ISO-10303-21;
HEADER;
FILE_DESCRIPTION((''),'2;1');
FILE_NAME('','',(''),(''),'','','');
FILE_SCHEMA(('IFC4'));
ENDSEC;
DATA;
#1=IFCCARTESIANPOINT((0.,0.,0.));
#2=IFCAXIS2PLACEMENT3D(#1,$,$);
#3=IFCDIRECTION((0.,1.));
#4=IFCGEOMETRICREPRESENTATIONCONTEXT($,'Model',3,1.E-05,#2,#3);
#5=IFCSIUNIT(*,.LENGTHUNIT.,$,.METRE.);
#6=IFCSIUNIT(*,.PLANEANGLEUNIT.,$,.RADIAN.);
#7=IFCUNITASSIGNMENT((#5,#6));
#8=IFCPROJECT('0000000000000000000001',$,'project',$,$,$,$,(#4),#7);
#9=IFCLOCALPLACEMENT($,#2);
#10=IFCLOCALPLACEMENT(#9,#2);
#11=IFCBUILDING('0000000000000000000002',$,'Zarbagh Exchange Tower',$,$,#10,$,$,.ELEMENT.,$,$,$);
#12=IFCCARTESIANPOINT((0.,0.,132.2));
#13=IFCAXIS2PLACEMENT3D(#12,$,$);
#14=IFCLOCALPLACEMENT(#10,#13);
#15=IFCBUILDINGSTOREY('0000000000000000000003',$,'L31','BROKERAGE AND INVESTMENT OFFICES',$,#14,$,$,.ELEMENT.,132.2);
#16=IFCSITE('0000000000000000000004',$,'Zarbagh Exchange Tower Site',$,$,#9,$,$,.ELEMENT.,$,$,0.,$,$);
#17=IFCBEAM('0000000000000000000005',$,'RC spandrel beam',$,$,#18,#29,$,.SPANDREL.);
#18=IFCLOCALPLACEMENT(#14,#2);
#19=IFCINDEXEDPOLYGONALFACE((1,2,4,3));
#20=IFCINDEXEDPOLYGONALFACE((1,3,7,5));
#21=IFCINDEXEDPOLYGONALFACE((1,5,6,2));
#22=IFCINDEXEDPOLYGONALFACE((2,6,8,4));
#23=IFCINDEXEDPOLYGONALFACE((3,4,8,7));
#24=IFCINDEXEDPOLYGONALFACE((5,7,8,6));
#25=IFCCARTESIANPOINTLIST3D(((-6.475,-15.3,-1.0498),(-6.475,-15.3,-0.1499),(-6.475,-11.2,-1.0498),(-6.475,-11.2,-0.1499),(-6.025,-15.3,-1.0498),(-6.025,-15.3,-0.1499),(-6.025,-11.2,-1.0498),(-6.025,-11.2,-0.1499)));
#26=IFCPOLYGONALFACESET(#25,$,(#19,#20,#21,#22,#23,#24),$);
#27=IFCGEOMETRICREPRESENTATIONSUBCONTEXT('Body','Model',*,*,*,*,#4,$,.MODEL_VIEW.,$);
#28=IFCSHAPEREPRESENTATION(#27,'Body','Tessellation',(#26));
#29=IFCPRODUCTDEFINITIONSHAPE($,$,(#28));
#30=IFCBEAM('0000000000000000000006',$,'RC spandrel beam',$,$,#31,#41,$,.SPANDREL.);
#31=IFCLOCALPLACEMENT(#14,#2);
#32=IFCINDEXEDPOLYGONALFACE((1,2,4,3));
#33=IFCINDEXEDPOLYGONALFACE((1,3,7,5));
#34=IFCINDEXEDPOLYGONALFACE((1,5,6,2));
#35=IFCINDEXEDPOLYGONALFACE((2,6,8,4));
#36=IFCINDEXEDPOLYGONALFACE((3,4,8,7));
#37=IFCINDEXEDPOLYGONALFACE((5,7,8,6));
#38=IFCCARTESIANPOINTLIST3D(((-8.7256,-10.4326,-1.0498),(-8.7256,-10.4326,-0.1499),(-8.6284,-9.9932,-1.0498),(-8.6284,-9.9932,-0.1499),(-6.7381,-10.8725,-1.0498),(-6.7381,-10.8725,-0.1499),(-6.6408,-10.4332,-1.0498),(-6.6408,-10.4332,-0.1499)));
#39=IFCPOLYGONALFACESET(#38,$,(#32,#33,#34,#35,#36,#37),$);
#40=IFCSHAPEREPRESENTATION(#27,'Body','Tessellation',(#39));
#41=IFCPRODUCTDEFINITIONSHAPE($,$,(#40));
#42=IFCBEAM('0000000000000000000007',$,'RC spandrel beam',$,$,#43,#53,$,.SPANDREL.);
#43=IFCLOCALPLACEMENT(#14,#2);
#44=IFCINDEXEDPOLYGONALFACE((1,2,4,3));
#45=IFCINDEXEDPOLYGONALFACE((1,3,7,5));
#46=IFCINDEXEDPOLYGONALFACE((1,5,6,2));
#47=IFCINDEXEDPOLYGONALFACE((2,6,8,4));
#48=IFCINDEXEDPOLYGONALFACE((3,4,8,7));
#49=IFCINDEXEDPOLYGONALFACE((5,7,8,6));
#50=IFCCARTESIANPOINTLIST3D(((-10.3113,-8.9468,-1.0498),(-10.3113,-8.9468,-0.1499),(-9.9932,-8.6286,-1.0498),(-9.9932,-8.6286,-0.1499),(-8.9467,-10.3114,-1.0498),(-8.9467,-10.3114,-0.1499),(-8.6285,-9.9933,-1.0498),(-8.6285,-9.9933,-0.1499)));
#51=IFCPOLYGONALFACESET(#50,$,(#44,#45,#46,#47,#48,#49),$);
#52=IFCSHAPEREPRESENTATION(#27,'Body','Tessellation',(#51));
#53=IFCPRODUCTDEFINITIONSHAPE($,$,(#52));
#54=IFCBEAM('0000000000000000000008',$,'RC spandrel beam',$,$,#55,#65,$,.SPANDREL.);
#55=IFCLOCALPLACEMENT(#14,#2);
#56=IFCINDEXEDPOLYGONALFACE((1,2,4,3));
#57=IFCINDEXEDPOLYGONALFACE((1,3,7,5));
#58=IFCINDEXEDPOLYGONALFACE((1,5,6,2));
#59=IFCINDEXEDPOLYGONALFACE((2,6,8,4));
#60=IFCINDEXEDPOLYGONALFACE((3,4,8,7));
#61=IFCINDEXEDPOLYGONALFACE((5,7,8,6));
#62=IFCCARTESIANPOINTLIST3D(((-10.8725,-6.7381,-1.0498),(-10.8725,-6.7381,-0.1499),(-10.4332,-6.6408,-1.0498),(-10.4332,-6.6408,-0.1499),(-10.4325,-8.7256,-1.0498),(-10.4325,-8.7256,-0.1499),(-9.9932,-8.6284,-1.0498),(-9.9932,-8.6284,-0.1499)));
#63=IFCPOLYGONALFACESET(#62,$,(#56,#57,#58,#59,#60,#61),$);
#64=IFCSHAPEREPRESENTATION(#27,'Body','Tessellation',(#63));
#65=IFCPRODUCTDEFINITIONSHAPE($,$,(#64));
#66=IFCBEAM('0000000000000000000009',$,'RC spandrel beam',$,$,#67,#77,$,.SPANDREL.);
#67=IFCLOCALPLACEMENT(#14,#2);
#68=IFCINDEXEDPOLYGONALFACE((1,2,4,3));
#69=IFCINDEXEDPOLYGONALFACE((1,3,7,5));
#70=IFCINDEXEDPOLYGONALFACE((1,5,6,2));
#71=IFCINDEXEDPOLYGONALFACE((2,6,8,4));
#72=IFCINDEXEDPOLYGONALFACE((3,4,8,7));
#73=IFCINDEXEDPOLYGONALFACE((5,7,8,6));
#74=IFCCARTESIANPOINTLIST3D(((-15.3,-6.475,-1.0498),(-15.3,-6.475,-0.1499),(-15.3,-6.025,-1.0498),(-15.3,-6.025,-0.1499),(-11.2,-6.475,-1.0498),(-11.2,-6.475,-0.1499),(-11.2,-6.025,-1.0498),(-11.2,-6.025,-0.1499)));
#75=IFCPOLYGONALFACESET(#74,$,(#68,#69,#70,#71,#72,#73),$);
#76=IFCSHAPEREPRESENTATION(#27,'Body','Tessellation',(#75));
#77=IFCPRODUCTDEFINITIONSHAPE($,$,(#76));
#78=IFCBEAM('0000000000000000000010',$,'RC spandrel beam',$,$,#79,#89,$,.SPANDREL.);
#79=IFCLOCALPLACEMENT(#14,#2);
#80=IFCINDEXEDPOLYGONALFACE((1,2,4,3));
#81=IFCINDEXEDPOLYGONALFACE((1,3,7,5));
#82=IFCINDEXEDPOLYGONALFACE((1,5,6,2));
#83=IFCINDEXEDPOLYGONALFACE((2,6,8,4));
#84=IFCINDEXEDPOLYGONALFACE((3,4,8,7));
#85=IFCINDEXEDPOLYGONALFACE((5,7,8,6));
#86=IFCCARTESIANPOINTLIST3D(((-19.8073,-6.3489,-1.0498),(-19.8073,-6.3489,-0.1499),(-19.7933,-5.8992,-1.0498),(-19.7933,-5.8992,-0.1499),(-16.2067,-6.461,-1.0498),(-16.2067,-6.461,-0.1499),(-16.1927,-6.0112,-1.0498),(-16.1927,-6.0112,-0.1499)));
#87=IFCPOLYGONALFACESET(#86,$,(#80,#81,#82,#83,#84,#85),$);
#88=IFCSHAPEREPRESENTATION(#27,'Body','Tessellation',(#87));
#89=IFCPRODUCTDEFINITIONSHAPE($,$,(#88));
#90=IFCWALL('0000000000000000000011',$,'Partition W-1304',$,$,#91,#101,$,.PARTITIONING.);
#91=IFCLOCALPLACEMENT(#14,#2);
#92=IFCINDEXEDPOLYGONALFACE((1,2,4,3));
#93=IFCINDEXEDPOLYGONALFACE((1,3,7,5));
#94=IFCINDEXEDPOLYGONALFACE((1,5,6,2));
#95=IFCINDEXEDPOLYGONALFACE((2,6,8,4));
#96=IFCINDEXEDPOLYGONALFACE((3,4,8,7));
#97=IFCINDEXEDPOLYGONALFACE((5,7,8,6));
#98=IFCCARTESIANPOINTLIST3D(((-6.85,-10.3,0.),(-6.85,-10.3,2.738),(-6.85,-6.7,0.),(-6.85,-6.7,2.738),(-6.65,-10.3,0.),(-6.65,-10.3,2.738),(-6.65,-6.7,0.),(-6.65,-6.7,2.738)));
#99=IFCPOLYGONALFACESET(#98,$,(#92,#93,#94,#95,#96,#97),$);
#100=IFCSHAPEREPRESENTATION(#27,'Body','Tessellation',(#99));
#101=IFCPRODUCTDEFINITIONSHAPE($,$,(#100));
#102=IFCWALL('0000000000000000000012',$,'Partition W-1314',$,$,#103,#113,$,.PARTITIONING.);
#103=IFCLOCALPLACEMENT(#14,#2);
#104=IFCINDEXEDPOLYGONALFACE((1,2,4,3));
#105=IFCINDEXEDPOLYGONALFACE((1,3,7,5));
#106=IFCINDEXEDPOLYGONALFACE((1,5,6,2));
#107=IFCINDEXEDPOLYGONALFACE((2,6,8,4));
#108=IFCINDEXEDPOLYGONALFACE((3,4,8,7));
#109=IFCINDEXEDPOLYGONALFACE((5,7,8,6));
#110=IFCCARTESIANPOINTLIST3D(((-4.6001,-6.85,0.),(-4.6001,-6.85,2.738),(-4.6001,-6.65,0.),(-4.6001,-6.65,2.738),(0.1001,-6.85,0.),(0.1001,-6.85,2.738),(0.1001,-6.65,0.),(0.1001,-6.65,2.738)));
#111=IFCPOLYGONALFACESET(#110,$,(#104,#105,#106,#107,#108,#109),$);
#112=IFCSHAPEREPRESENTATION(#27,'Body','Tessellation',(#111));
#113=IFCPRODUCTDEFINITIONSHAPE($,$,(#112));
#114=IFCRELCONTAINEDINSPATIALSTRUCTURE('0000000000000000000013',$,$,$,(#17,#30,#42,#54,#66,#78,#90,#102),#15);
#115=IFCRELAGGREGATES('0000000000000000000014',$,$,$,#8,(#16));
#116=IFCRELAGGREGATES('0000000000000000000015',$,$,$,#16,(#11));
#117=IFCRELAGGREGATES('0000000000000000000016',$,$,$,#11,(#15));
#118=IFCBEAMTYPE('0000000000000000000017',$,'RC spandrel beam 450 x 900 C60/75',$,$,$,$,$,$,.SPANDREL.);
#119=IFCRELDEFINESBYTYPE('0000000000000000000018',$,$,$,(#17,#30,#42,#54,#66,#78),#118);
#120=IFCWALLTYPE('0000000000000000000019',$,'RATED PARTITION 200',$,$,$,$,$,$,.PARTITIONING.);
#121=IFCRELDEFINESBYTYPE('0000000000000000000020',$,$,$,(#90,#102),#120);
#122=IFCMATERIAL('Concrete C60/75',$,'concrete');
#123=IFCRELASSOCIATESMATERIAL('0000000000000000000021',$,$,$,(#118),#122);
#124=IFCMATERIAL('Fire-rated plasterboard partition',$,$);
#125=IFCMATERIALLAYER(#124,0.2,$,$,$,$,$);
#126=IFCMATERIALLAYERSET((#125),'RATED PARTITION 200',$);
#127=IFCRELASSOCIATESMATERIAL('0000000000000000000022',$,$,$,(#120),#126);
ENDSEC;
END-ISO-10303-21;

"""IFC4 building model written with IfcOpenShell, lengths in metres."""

from ifc_helpers import new_model, si_unit, direction, frame, frame_2d, origin, origin_2d, place, context, subcontext, project, spatial, rectangle, extrude, material, layer, layer_set, material_profile, profile_set, type_object, element, save


model = new_model("IFC4")

# Units and contexts
model_context = context("Model", 3, precision=1e-05, world=origin(), true_north=direction((0.0, 1.0)))
body_context = subcontext(model_context, "Body", "Model", "MODEL_VIEW")
ifc_project = project(units=[si_unit("LENGTHUNIT", "METRE"), si_unit("PLANEANGLEUNIT", "RADIAN")], contexts=[model_context])

# Site, building, storey
site_placement = place(None, origin())
site = spatial("IfcSite", under=ifc_project, at=site_placement, Name="Zarbagh Exchange Tower Site", CompositionType="ELEMENT", RefElevation=0.0)
building_placement = place(site_placement, origin())
building = spatial("IfcBuilding", under=site, at=building_placement, Name="Zarbagh Exchange Tower", CompositionType="ELEMENT")
storey_placement = place(building_placement, frame((0.0, 0.0, 132.2)))
storey = spatial("IfcBuildingStorey", under=building, at=storey_placement, Name="L31", Description="BROKERAGE AND INVESTMENT OFFICES", CompositionType="ELEMENT", Elevation=132.2)

# Shared definitions
ifc_material_1 = material(Name="Concrete C60/75", Category="concrete")

# Beams
ifc_material_profile_1 = material_profile(ifc_material_1, rectangle(XDim=0.45, YDim=0.8999, at=origin_2d()), Name="RC spandrel beam 450 x 900 C60/75")
ifc_profile_set_1 = profile_set([ifc_material_profile_1], Name="Concrete C60/75")
beam_type_1 = type_object("IfcBeamType", Name="RC spandrel beam 450 x 900 C60/75", PredefinedType="SPANDREL", material=ifc_profile_set_1)
beam_1_placement = place(storey_placement, frame((-6.25, -15.3, -0.5999), z_axis=(0.0, 1.0, 0.0), x_axis=(-1.0, 0.0, 0.0)))
element("IfcBeam", 1, at=beam_1_placement, inside=storey, type_object=beam_type_1, Name="RC spandrel beam", PredefinedType="SPANDREL", context=body_context, shape_type="SweptSolid", body=[
    extrude(rectangle(XDim=0.45, YDim=0.8999, at=origin_2d()), origin(), (0.0, 0.0, 1.0), 4.1001),
])
beam_2_placement = place(storey_placement, frame((-6.6895, -10.6528, -0.5999), z_axis=(-0.976367, 0.216118, 0.0), x_axis=(-0.216118, -0.976367, 0.0)))
element("IfcBeam", 2, at=beam_2_placement, inside=storey, type_object=beam_type_1, Name="RC spandrel beam", PredefinedType="SPANDREL", context=body_context, shape_type="SweptSolid", body=[
    extrude(rectangle(XDim=0.45, YDim=0.8999, at=origin_2d()), origin(), (0.0, 0.0, 1.0), 2.0356),
])
beam_3_placement = place(storey_placement, frame((-8.7876, -10.1523, -0.5999), z_axis=(-0.707107, 0.707107, 0.0), x_axis=(-0.707107, -0.707107, 0.0)))
element("IfcBeam", 3, at=beam_3_placement, inside=storey, type_object=beam_type_1, Name="RC spandrel beam", PredefinedType="SPANDREL", context=body_context, shape_type="SweptSolid", body=[
    extrude(rectangle(XDim=0.45, YDim=0.8999, at=origin_2d()), origin(), (0.0, 0.0, 1.0), 1.9299),
])
beam_4_placement = place(storey_placement, frame((-10.2129, -8.677, -0.5999), z_axis=(-0.216118, 0.976367, 0.0), x_axis=(-0.976367, -0.216118, 0.0)))
element("IfcBeam", 4, at=beam_4_placement, inside=storey, type_object=beam_type_1, Name="RC spandrel beam", PredefinedType="SPANDREL", context=body_context, shape_type="SweptSolid", body=[
    extrude(rectangle(XDim=0.45, YDim=0.8999, at=origin_2d()), origin(), (0.0, 0.0, 1.0), 2.0356),
])
beam_5_placement = place(storey_placement, frame((-11.2, -6.25, -0.5999), z_axis=(-1.0, 0.0, 0.0), x_axis=(0.0, -1.0, 0.0)))
element("IfcBeam", 5, at=beam_5_placement, inside=storey, type_object=beam_type_1, Name="RC spandrel beam", PredefinedType="SPANDREL", context=body_context, shape_type="SweptSolid", body=[
    extrude(rectangle(XDim=0.45, YDim=0.8999, at=origin_2d()), origin(), (0.0, 0.0, 1.0), 4.1001),
])
beam_6_placement = place(storey_placement, frame((-16.1997, -6.2361, -0.5999), z_axis=(-0.999516, 0.031108, 0.0), x_axis=(-0.031108, -0.999516, 0.0)))
element("IfcBeam", 6, at=beam_6_placement, inside=storey, type_object=beam_type_1, Name="RC spandrel beam", PredefinedType="SPANDREL", context=body_context, shape_type="SweptSolid", body=[
    extrude(rectangle(XDim=0.45, YDim=0.8999, at=origin_2d()), origin(), (0.0, 0.0, 1.0), 3.6023),
])

# Walls
ifc_material_2 = material(Name="Fire-rated plasterboard partition")
ifc_layer = layer(ifc_material_2, 0.2)
ifc_layer_set = layer_set([ifc_layer], Name="RATED PARTITION 200")
wall_type = type_object("IfcWallType", Name="RATED PARTITION 200", PredefinedType="PARTITIONING", material=ifc_layer_set)
wall_1_placement = place(storey_placement, frame((-6.75, -10.3, 0.0), z_axis=(0.0, 0.0, 1.0), x_axis=(0.0, 1.0, 0.0)))
element("IfcWall", 7, at=wall_1_placement, inside=storey, type_object=wall_type, Name="Partition W-1304", PredefinedType="PARTITIONING", context=body_context, shape_type="SweptSolid", body=[
    extrude(rectangle(XDim=3.6001, YDim=0.2, at=frame_2d((1.8, 0.0))), origin(), (0.0, 0.0, 1.0), 2.738),
])
wall_2_placement = place(storey_placement, frame((-4.6001, -6.75, 0.0), z_axis=(0.0, 0.0, 1.0), x_axis=(1.0, 0.0, 0.0)))
element("IfcWall", 8, at=wall_2_placement, inside=storey, type_object=wall_type, Name="Partition W-1314", PredefinedType="PARTITIONING", context=body_context, shape_type="SweptSolid", body=[
    extrude(rectangle(XDim=4.7002, YDim=0.2, at=frame_2d((2.3501, 0.0))), origin(), (0.0, 0.0, 1.0), 2.738),
])

save(model, "model.ifc")
